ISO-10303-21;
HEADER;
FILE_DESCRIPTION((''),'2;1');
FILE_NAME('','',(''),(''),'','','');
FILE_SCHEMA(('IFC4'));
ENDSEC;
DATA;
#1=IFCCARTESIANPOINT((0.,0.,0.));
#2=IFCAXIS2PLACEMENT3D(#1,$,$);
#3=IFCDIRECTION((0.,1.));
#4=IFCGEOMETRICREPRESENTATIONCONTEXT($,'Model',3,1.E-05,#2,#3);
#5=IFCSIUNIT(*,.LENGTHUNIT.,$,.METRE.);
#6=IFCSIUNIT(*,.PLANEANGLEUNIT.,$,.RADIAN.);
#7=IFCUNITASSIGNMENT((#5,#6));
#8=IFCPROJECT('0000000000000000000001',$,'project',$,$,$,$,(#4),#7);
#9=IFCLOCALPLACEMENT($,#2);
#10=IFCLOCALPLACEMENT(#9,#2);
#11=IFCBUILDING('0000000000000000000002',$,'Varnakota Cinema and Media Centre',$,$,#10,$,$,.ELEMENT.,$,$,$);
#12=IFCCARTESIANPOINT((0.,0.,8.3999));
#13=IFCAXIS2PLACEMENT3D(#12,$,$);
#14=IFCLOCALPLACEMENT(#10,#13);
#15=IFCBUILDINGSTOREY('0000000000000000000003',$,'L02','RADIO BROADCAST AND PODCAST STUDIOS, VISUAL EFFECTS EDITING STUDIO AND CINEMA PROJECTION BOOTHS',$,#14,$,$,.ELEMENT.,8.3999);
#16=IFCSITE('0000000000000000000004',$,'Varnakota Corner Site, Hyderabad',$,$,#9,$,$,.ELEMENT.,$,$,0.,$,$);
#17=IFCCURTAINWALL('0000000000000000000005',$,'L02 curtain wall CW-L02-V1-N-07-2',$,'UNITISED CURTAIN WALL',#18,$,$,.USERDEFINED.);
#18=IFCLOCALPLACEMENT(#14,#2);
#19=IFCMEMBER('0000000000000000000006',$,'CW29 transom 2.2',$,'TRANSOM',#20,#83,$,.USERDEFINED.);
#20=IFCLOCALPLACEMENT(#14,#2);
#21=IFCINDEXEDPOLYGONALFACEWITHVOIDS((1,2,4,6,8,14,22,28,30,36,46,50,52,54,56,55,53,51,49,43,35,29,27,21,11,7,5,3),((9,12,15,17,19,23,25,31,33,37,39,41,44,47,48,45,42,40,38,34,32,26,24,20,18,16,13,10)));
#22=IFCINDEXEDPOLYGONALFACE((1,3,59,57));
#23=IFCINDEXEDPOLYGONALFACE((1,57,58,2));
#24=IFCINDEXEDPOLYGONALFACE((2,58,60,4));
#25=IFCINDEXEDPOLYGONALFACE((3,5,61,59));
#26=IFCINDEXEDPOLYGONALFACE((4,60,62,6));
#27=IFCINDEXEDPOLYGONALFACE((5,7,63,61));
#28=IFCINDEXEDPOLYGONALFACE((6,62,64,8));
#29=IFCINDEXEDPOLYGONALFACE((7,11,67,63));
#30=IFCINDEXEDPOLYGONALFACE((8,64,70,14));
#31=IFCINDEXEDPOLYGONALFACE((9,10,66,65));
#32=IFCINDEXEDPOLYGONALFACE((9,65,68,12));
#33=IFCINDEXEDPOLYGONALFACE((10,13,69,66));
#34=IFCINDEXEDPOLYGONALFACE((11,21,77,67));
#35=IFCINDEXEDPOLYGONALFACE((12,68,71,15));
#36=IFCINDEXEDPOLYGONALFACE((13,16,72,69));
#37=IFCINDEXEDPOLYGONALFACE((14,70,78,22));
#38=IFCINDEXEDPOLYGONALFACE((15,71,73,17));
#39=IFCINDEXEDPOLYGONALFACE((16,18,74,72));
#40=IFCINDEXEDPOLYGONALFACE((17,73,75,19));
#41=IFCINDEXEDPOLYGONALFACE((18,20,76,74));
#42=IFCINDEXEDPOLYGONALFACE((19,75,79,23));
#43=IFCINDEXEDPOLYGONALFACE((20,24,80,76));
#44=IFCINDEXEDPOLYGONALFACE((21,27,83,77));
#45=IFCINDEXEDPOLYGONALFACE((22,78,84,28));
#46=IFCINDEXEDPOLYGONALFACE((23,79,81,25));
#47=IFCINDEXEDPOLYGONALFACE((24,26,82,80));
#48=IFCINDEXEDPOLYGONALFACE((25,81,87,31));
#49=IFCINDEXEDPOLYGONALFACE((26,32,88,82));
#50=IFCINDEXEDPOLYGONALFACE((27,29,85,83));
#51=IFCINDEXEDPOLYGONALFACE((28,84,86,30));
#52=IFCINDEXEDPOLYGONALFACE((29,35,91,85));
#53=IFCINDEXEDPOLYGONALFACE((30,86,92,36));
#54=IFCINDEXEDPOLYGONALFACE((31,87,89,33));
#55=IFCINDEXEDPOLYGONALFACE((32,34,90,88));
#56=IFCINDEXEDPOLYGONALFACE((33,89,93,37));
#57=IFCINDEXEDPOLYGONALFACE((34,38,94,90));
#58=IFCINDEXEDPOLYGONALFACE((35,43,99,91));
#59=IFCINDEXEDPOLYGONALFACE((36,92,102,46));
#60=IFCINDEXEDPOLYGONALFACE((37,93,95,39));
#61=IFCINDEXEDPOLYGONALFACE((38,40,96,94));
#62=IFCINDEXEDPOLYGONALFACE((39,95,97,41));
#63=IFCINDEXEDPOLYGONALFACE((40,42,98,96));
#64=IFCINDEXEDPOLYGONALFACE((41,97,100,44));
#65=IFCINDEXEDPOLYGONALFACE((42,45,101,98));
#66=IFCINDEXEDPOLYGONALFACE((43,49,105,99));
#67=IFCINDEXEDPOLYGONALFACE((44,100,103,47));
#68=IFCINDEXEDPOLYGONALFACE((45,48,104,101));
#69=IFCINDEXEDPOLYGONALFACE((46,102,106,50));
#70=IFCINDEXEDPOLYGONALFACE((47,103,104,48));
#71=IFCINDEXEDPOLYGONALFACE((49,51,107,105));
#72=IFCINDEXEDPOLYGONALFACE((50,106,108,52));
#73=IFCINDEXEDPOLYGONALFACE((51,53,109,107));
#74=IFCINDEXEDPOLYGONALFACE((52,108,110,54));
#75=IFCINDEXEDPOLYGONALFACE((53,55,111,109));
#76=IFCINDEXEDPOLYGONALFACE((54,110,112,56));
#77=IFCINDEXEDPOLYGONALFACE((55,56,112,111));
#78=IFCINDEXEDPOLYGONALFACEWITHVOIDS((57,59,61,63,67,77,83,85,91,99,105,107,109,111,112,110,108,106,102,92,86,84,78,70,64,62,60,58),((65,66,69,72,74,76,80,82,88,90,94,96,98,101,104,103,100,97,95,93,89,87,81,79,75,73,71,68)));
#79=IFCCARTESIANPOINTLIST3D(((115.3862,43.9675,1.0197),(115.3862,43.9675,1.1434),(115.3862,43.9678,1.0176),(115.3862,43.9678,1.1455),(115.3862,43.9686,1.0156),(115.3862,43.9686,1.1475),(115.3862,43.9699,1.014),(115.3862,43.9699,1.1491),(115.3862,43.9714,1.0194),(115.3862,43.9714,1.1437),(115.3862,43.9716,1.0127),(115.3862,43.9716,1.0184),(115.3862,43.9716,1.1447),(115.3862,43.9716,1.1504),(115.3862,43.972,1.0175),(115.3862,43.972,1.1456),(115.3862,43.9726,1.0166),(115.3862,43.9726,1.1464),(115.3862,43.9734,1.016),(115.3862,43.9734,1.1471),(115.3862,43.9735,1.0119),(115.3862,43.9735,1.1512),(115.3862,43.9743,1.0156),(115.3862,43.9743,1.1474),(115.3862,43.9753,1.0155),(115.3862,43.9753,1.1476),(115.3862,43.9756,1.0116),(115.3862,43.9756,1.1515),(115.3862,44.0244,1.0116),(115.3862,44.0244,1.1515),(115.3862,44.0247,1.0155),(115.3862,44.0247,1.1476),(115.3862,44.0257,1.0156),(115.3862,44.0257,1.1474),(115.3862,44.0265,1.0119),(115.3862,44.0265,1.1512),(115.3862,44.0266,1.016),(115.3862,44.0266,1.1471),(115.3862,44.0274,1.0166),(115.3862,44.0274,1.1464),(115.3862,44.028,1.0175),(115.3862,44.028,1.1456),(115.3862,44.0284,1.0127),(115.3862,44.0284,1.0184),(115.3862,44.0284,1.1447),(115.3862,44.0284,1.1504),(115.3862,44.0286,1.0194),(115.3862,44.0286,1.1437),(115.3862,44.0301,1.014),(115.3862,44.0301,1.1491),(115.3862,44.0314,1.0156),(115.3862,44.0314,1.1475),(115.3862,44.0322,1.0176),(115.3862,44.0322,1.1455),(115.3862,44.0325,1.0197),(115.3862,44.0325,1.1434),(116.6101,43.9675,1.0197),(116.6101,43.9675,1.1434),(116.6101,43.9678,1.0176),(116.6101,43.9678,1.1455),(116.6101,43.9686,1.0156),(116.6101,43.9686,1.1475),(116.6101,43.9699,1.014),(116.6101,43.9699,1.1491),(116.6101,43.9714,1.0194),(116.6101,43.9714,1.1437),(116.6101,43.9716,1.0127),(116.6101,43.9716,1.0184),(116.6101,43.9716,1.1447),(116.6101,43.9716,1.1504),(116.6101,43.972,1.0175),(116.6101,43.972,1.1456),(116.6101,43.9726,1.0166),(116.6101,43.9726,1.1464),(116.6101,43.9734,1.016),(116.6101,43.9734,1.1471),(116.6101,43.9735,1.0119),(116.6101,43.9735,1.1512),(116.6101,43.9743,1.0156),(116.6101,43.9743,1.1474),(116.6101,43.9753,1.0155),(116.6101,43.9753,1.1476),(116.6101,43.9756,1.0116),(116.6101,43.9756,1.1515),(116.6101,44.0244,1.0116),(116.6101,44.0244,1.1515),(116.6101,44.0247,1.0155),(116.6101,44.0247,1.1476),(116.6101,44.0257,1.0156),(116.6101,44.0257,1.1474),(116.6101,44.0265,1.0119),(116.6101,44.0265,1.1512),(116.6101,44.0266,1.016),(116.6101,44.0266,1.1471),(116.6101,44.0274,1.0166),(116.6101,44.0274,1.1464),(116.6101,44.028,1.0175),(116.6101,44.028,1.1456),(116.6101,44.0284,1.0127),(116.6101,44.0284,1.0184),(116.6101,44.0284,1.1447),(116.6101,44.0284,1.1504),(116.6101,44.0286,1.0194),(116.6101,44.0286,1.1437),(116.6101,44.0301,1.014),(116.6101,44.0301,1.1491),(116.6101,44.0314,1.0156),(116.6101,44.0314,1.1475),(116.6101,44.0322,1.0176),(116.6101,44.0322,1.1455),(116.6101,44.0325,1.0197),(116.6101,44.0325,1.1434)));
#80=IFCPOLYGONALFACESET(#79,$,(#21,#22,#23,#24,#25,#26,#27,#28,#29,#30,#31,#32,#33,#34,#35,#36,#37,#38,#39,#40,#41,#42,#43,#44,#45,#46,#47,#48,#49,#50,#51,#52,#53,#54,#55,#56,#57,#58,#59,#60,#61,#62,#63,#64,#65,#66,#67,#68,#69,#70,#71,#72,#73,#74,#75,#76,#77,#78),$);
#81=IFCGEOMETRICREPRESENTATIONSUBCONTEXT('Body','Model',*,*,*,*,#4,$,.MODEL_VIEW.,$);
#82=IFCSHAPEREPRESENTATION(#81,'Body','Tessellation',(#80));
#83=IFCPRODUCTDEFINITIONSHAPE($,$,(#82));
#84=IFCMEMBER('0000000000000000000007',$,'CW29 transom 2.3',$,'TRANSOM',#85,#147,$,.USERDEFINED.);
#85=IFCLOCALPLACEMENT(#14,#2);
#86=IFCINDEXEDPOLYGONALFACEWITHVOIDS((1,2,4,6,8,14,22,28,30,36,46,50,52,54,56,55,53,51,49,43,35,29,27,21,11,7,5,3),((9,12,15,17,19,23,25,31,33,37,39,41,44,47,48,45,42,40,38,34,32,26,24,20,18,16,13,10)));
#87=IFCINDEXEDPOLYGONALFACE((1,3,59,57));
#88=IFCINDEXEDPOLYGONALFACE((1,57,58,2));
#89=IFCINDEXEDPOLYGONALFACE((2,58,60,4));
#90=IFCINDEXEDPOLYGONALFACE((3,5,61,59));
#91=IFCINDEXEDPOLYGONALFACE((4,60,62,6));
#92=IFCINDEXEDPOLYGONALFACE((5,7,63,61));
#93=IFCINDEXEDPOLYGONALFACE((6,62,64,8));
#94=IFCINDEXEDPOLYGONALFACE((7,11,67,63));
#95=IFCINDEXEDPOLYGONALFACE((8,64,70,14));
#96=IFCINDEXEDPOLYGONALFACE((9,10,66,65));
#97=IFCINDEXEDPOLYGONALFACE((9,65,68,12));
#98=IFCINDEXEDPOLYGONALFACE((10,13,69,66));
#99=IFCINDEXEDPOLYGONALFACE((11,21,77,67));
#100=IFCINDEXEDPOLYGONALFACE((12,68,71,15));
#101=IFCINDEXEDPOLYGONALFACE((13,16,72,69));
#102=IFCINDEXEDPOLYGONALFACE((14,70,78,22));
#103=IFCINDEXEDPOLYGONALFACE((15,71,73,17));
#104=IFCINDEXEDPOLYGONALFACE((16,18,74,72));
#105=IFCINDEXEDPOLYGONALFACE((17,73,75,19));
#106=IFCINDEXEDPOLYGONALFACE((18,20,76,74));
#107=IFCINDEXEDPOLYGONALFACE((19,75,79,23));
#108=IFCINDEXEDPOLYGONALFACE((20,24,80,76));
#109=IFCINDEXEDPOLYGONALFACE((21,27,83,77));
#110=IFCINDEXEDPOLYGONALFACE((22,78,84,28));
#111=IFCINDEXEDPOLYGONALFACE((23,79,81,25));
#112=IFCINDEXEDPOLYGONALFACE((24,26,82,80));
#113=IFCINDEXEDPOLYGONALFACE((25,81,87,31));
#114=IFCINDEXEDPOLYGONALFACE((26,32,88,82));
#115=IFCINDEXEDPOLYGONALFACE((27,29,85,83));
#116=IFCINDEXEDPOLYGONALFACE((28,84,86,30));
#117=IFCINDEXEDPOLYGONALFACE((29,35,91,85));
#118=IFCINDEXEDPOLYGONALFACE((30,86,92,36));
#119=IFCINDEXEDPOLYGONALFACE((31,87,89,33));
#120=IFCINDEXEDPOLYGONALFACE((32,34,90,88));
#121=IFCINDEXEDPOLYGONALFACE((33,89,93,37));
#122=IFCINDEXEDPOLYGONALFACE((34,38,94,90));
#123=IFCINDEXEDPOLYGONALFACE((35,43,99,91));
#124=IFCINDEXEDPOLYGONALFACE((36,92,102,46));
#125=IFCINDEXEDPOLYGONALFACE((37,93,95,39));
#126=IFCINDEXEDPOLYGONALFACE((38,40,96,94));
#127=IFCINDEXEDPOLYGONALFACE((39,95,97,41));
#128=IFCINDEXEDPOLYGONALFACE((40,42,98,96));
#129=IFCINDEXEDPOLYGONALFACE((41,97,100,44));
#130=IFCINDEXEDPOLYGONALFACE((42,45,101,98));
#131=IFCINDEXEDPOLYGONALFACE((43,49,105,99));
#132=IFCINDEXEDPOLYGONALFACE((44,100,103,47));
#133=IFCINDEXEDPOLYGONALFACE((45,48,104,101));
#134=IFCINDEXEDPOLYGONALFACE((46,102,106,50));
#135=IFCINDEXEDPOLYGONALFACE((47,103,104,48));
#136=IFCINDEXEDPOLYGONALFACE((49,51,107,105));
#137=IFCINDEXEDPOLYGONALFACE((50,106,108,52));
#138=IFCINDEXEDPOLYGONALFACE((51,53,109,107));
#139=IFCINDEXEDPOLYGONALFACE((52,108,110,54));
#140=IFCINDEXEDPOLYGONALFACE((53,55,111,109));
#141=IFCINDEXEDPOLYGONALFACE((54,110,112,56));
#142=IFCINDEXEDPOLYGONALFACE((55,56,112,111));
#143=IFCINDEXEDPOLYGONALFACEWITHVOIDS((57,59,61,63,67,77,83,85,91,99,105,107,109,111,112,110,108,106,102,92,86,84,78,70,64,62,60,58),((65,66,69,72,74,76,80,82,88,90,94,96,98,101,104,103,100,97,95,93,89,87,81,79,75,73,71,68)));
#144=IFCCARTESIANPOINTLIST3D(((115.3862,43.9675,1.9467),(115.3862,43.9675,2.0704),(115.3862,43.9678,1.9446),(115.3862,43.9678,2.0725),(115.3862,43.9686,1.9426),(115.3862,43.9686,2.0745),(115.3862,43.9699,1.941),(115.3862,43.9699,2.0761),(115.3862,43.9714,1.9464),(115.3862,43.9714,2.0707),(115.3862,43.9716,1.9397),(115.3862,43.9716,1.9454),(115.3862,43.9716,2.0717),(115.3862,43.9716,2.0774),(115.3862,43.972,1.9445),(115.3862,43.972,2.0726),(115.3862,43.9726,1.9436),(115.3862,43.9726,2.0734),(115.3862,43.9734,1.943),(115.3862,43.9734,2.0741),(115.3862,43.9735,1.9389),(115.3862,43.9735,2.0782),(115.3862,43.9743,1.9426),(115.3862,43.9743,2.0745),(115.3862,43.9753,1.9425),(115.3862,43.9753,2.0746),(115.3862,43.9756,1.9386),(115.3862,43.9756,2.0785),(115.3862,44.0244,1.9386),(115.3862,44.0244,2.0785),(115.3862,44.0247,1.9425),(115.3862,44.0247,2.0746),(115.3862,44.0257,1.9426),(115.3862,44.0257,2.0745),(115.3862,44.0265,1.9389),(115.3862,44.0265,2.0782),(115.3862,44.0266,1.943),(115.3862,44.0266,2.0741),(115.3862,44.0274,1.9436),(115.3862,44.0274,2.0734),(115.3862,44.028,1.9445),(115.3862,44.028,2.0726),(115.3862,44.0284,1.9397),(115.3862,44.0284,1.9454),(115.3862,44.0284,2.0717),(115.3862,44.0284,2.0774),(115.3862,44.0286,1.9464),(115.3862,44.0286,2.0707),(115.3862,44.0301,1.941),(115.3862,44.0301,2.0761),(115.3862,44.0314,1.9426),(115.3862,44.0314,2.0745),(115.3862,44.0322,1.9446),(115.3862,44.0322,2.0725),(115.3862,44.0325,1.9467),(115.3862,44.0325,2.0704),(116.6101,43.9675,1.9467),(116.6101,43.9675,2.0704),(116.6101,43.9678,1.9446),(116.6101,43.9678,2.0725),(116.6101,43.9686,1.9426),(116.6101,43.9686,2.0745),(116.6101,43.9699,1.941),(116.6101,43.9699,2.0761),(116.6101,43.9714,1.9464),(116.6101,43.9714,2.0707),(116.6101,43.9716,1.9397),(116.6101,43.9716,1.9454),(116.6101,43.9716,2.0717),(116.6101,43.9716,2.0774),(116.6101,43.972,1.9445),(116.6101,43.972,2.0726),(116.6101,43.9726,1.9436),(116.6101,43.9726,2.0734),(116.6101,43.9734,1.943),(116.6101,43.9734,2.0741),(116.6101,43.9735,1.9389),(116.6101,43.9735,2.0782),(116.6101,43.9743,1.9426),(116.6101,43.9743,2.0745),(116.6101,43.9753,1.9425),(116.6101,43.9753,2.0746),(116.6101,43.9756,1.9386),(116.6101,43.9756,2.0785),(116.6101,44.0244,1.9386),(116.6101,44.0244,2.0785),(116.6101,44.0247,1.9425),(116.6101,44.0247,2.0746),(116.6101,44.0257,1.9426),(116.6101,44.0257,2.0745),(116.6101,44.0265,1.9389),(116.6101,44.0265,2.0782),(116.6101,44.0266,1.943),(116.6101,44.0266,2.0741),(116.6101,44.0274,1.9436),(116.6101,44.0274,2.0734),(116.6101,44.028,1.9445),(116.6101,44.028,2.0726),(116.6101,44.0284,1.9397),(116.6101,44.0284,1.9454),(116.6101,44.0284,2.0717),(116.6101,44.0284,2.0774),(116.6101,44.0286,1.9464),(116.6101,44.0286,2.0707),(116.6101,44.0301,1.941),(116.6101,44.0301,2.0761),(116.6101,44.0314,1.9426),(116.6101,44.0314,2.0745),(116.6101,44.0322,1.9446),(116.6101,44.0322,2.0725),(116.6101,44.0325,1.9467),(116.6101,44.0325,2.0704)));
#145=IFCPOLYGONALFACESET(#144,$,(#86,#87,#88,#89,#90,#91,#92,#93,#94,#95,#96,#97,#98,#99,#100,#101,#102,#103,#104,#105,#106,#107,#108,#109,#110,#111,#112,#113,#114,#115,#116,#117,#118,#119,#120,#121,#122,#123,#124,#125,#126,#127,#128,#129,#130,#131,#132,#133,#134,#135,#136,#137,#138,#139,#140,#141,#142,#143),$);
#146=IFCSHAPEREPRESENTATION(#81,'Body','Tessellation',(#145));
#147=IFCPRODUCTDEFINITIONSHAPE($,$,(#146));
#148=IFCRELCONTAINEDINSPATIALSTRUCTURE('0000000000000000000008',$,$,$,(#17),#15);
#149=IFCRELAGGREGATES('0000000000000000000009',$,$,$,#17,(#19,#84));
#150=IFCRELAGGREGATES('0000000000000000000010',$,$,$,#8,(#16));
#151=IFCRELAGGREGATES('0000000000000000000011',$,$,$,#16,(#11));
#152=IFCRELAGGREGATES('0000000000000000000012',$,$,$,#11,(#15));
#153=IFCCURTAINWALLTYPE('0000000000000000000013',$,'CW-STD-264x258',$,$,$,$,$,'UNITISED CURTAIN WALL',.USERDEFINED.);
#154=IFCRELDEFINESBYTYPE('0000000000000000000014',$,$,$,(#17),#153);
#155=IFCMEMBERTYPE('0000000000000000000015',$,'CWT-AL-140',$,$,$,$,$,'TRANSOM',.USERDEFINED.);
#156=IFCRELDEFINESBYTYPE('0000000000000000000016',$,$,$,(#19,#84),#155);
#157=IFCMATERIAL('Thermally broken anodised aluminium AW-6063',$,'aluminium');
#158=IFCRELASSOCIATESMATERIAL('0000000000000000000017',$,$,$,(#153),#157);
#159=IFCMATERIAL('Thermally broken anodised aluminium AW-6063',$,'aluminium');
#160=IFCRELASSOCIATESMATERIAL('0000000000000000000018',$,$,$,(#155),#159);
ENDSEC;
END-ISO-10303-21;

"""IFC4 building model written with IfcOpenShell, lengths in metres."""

from ifc_helpers import new_model, si_unit, direction, frame, origin, origin_2d, place, context, subcontext, project, spatial, hollow_rectangle, extrude, material, material_profile, profile_set, type_object, element, aggregate, save


model = new_model("IFC4")

# Units and contexts
model_context = context("Model", 3, precision=1e-05, world=origin(), true_north=direction((0.0, 1.0)))
body_context = subcontext(model_context, "Body", "Model", "MODEL_VIEW")
ifc_project = project(units=[si_unit("LENGTHUNIT", "METRE"), si_unit("PLANEANGLEUNIT", "RADIAN")], contexts=[model_context])

# Site, building, storey
site_placement = place(None, origin())
site = spatial("IfcSite", under=ifc_project, at=site_placement, Name="Varnakota Corner Site, Hyderabad", CompositionType="ELEMENT", RefElevation=0.0)
building_placement = place(site_placement, origin())
building = spatial("IfcBuilding", under=site, at=building_placement, Name="Varnakota Cinema and Media Centre", CompositionType="ELEMENT")
storey_placement = place(building_placement, frame((0.0, 0.0, 8.3999)))
storey = spatial("IfcBuildingStorey", under=building, at=storey_placement, Name="L02", Description="RADIO BROADCAST AND PODCAST STUDIOS, VISUAL EFFECTS EDITING STUDIO AND CINEMA PROJECTION BOOTHS", CompositionType="ELEMENT", Elevation=8.3999)

# Shared definitions
ifc_material_1 = material(Name="Thermally broken anodised aluminium AW-6063", Category="aluminium")
curtain_wall_type = type_object("IfcCurtainWallType", Name="CW-STD-264x258", ElementType="UNITISED CURTAIN WALL", PredefinedType="USERDEFINED", material=ifc_material_1)

# Curtain wall
curtain_wall_1_placement = place(storey_placement, origin())
curtain_wall_1 = element("IfcCurtainWall", 1, at=curtain_wall_1_placement, inside=storey, type_object=curtain_wall_type, Name="L02 curtain wall CW-L02-V1-N-07-2", ObjectType="UNITISED CURTAIN WALL", PredefinedType="USERDEFINED")

# Members
ifc_material_2 = material(Name="Thermally broken anodised aluminium AW-6063", Category="aluminium")
ifc_material_profile_1 = material_profile(ifc_material_2, hollow_rectangle(XDim=0.0649, YDim=0.1399, WallThickness=0.0039, InnerFilletRadius=0.0039, OuterFilletRadius=0.0081, at=origin_2d()), Name="AL-TRANSOM 140x65x4")
ifc_profile_set_1 = profile_set([ifc_material_profile_1], Name="Thermally broken anodised aluminium AW-6063")
member_type_1 = type_object("IfcMemberType", Name="CWT-AL-140", ElementType="TRANSOM", PredefinedType="USERDEFINED", material=ifc_profile_set_1)
member_1_placement = place(storey_placement, frame((115.3862, 44.0, 1.0815), z_axis=(1.0, 0.0, 0.0), x_axis=(0.0, 1.0, 0.0)))
member_1 = element("IfcMember", 2, at=member_1_placement, type_object=member_type_1, Name="CW29 transom 2.2", ObjectType="TRANSOM", PredefinedType="USERDEFINED", context=body_context, shape_type="SweptSolid", body=[
    extrude(hollow_rectangle(XDim=0.0649, YDim=0.1399, WallThickness=0.0039, InnerFilletRadius=0.0039, OuterFilletRadius=0.0081, at=origin_2d()), origin(), (0.0, 0.0, 1.0), 1.2239),
])
member_2_placement = place(storey_placement, frame((115.3862, 44.0, 2.0085), z_axis=(1.0, 0.0, 0.0), x_axis=(0.0, 1.0, 0.0)))
member_2 = element("IfcMember", 3, at=member_2_placement, type_object=member_type_1, Name="CW29 transom 2.3", ObjectType="TRANSOM", PredefinedType="USERDEFINED", context=body_context, shape_type="SweptSolid", body=[
    extrude(hollow_rectangle(XDim=0.0649, YDim=0.1399, WallThickness=0.0039, InnerFilletRadius=0.0039, OuterFilletRadius=0.0081, at=origin_2d()), origin(), (0.0, 0.0, 1.0), 1.2239),
])

aggregate(curtain_wall_1, [member_1, member_2])

save(model, "model.ifc")
